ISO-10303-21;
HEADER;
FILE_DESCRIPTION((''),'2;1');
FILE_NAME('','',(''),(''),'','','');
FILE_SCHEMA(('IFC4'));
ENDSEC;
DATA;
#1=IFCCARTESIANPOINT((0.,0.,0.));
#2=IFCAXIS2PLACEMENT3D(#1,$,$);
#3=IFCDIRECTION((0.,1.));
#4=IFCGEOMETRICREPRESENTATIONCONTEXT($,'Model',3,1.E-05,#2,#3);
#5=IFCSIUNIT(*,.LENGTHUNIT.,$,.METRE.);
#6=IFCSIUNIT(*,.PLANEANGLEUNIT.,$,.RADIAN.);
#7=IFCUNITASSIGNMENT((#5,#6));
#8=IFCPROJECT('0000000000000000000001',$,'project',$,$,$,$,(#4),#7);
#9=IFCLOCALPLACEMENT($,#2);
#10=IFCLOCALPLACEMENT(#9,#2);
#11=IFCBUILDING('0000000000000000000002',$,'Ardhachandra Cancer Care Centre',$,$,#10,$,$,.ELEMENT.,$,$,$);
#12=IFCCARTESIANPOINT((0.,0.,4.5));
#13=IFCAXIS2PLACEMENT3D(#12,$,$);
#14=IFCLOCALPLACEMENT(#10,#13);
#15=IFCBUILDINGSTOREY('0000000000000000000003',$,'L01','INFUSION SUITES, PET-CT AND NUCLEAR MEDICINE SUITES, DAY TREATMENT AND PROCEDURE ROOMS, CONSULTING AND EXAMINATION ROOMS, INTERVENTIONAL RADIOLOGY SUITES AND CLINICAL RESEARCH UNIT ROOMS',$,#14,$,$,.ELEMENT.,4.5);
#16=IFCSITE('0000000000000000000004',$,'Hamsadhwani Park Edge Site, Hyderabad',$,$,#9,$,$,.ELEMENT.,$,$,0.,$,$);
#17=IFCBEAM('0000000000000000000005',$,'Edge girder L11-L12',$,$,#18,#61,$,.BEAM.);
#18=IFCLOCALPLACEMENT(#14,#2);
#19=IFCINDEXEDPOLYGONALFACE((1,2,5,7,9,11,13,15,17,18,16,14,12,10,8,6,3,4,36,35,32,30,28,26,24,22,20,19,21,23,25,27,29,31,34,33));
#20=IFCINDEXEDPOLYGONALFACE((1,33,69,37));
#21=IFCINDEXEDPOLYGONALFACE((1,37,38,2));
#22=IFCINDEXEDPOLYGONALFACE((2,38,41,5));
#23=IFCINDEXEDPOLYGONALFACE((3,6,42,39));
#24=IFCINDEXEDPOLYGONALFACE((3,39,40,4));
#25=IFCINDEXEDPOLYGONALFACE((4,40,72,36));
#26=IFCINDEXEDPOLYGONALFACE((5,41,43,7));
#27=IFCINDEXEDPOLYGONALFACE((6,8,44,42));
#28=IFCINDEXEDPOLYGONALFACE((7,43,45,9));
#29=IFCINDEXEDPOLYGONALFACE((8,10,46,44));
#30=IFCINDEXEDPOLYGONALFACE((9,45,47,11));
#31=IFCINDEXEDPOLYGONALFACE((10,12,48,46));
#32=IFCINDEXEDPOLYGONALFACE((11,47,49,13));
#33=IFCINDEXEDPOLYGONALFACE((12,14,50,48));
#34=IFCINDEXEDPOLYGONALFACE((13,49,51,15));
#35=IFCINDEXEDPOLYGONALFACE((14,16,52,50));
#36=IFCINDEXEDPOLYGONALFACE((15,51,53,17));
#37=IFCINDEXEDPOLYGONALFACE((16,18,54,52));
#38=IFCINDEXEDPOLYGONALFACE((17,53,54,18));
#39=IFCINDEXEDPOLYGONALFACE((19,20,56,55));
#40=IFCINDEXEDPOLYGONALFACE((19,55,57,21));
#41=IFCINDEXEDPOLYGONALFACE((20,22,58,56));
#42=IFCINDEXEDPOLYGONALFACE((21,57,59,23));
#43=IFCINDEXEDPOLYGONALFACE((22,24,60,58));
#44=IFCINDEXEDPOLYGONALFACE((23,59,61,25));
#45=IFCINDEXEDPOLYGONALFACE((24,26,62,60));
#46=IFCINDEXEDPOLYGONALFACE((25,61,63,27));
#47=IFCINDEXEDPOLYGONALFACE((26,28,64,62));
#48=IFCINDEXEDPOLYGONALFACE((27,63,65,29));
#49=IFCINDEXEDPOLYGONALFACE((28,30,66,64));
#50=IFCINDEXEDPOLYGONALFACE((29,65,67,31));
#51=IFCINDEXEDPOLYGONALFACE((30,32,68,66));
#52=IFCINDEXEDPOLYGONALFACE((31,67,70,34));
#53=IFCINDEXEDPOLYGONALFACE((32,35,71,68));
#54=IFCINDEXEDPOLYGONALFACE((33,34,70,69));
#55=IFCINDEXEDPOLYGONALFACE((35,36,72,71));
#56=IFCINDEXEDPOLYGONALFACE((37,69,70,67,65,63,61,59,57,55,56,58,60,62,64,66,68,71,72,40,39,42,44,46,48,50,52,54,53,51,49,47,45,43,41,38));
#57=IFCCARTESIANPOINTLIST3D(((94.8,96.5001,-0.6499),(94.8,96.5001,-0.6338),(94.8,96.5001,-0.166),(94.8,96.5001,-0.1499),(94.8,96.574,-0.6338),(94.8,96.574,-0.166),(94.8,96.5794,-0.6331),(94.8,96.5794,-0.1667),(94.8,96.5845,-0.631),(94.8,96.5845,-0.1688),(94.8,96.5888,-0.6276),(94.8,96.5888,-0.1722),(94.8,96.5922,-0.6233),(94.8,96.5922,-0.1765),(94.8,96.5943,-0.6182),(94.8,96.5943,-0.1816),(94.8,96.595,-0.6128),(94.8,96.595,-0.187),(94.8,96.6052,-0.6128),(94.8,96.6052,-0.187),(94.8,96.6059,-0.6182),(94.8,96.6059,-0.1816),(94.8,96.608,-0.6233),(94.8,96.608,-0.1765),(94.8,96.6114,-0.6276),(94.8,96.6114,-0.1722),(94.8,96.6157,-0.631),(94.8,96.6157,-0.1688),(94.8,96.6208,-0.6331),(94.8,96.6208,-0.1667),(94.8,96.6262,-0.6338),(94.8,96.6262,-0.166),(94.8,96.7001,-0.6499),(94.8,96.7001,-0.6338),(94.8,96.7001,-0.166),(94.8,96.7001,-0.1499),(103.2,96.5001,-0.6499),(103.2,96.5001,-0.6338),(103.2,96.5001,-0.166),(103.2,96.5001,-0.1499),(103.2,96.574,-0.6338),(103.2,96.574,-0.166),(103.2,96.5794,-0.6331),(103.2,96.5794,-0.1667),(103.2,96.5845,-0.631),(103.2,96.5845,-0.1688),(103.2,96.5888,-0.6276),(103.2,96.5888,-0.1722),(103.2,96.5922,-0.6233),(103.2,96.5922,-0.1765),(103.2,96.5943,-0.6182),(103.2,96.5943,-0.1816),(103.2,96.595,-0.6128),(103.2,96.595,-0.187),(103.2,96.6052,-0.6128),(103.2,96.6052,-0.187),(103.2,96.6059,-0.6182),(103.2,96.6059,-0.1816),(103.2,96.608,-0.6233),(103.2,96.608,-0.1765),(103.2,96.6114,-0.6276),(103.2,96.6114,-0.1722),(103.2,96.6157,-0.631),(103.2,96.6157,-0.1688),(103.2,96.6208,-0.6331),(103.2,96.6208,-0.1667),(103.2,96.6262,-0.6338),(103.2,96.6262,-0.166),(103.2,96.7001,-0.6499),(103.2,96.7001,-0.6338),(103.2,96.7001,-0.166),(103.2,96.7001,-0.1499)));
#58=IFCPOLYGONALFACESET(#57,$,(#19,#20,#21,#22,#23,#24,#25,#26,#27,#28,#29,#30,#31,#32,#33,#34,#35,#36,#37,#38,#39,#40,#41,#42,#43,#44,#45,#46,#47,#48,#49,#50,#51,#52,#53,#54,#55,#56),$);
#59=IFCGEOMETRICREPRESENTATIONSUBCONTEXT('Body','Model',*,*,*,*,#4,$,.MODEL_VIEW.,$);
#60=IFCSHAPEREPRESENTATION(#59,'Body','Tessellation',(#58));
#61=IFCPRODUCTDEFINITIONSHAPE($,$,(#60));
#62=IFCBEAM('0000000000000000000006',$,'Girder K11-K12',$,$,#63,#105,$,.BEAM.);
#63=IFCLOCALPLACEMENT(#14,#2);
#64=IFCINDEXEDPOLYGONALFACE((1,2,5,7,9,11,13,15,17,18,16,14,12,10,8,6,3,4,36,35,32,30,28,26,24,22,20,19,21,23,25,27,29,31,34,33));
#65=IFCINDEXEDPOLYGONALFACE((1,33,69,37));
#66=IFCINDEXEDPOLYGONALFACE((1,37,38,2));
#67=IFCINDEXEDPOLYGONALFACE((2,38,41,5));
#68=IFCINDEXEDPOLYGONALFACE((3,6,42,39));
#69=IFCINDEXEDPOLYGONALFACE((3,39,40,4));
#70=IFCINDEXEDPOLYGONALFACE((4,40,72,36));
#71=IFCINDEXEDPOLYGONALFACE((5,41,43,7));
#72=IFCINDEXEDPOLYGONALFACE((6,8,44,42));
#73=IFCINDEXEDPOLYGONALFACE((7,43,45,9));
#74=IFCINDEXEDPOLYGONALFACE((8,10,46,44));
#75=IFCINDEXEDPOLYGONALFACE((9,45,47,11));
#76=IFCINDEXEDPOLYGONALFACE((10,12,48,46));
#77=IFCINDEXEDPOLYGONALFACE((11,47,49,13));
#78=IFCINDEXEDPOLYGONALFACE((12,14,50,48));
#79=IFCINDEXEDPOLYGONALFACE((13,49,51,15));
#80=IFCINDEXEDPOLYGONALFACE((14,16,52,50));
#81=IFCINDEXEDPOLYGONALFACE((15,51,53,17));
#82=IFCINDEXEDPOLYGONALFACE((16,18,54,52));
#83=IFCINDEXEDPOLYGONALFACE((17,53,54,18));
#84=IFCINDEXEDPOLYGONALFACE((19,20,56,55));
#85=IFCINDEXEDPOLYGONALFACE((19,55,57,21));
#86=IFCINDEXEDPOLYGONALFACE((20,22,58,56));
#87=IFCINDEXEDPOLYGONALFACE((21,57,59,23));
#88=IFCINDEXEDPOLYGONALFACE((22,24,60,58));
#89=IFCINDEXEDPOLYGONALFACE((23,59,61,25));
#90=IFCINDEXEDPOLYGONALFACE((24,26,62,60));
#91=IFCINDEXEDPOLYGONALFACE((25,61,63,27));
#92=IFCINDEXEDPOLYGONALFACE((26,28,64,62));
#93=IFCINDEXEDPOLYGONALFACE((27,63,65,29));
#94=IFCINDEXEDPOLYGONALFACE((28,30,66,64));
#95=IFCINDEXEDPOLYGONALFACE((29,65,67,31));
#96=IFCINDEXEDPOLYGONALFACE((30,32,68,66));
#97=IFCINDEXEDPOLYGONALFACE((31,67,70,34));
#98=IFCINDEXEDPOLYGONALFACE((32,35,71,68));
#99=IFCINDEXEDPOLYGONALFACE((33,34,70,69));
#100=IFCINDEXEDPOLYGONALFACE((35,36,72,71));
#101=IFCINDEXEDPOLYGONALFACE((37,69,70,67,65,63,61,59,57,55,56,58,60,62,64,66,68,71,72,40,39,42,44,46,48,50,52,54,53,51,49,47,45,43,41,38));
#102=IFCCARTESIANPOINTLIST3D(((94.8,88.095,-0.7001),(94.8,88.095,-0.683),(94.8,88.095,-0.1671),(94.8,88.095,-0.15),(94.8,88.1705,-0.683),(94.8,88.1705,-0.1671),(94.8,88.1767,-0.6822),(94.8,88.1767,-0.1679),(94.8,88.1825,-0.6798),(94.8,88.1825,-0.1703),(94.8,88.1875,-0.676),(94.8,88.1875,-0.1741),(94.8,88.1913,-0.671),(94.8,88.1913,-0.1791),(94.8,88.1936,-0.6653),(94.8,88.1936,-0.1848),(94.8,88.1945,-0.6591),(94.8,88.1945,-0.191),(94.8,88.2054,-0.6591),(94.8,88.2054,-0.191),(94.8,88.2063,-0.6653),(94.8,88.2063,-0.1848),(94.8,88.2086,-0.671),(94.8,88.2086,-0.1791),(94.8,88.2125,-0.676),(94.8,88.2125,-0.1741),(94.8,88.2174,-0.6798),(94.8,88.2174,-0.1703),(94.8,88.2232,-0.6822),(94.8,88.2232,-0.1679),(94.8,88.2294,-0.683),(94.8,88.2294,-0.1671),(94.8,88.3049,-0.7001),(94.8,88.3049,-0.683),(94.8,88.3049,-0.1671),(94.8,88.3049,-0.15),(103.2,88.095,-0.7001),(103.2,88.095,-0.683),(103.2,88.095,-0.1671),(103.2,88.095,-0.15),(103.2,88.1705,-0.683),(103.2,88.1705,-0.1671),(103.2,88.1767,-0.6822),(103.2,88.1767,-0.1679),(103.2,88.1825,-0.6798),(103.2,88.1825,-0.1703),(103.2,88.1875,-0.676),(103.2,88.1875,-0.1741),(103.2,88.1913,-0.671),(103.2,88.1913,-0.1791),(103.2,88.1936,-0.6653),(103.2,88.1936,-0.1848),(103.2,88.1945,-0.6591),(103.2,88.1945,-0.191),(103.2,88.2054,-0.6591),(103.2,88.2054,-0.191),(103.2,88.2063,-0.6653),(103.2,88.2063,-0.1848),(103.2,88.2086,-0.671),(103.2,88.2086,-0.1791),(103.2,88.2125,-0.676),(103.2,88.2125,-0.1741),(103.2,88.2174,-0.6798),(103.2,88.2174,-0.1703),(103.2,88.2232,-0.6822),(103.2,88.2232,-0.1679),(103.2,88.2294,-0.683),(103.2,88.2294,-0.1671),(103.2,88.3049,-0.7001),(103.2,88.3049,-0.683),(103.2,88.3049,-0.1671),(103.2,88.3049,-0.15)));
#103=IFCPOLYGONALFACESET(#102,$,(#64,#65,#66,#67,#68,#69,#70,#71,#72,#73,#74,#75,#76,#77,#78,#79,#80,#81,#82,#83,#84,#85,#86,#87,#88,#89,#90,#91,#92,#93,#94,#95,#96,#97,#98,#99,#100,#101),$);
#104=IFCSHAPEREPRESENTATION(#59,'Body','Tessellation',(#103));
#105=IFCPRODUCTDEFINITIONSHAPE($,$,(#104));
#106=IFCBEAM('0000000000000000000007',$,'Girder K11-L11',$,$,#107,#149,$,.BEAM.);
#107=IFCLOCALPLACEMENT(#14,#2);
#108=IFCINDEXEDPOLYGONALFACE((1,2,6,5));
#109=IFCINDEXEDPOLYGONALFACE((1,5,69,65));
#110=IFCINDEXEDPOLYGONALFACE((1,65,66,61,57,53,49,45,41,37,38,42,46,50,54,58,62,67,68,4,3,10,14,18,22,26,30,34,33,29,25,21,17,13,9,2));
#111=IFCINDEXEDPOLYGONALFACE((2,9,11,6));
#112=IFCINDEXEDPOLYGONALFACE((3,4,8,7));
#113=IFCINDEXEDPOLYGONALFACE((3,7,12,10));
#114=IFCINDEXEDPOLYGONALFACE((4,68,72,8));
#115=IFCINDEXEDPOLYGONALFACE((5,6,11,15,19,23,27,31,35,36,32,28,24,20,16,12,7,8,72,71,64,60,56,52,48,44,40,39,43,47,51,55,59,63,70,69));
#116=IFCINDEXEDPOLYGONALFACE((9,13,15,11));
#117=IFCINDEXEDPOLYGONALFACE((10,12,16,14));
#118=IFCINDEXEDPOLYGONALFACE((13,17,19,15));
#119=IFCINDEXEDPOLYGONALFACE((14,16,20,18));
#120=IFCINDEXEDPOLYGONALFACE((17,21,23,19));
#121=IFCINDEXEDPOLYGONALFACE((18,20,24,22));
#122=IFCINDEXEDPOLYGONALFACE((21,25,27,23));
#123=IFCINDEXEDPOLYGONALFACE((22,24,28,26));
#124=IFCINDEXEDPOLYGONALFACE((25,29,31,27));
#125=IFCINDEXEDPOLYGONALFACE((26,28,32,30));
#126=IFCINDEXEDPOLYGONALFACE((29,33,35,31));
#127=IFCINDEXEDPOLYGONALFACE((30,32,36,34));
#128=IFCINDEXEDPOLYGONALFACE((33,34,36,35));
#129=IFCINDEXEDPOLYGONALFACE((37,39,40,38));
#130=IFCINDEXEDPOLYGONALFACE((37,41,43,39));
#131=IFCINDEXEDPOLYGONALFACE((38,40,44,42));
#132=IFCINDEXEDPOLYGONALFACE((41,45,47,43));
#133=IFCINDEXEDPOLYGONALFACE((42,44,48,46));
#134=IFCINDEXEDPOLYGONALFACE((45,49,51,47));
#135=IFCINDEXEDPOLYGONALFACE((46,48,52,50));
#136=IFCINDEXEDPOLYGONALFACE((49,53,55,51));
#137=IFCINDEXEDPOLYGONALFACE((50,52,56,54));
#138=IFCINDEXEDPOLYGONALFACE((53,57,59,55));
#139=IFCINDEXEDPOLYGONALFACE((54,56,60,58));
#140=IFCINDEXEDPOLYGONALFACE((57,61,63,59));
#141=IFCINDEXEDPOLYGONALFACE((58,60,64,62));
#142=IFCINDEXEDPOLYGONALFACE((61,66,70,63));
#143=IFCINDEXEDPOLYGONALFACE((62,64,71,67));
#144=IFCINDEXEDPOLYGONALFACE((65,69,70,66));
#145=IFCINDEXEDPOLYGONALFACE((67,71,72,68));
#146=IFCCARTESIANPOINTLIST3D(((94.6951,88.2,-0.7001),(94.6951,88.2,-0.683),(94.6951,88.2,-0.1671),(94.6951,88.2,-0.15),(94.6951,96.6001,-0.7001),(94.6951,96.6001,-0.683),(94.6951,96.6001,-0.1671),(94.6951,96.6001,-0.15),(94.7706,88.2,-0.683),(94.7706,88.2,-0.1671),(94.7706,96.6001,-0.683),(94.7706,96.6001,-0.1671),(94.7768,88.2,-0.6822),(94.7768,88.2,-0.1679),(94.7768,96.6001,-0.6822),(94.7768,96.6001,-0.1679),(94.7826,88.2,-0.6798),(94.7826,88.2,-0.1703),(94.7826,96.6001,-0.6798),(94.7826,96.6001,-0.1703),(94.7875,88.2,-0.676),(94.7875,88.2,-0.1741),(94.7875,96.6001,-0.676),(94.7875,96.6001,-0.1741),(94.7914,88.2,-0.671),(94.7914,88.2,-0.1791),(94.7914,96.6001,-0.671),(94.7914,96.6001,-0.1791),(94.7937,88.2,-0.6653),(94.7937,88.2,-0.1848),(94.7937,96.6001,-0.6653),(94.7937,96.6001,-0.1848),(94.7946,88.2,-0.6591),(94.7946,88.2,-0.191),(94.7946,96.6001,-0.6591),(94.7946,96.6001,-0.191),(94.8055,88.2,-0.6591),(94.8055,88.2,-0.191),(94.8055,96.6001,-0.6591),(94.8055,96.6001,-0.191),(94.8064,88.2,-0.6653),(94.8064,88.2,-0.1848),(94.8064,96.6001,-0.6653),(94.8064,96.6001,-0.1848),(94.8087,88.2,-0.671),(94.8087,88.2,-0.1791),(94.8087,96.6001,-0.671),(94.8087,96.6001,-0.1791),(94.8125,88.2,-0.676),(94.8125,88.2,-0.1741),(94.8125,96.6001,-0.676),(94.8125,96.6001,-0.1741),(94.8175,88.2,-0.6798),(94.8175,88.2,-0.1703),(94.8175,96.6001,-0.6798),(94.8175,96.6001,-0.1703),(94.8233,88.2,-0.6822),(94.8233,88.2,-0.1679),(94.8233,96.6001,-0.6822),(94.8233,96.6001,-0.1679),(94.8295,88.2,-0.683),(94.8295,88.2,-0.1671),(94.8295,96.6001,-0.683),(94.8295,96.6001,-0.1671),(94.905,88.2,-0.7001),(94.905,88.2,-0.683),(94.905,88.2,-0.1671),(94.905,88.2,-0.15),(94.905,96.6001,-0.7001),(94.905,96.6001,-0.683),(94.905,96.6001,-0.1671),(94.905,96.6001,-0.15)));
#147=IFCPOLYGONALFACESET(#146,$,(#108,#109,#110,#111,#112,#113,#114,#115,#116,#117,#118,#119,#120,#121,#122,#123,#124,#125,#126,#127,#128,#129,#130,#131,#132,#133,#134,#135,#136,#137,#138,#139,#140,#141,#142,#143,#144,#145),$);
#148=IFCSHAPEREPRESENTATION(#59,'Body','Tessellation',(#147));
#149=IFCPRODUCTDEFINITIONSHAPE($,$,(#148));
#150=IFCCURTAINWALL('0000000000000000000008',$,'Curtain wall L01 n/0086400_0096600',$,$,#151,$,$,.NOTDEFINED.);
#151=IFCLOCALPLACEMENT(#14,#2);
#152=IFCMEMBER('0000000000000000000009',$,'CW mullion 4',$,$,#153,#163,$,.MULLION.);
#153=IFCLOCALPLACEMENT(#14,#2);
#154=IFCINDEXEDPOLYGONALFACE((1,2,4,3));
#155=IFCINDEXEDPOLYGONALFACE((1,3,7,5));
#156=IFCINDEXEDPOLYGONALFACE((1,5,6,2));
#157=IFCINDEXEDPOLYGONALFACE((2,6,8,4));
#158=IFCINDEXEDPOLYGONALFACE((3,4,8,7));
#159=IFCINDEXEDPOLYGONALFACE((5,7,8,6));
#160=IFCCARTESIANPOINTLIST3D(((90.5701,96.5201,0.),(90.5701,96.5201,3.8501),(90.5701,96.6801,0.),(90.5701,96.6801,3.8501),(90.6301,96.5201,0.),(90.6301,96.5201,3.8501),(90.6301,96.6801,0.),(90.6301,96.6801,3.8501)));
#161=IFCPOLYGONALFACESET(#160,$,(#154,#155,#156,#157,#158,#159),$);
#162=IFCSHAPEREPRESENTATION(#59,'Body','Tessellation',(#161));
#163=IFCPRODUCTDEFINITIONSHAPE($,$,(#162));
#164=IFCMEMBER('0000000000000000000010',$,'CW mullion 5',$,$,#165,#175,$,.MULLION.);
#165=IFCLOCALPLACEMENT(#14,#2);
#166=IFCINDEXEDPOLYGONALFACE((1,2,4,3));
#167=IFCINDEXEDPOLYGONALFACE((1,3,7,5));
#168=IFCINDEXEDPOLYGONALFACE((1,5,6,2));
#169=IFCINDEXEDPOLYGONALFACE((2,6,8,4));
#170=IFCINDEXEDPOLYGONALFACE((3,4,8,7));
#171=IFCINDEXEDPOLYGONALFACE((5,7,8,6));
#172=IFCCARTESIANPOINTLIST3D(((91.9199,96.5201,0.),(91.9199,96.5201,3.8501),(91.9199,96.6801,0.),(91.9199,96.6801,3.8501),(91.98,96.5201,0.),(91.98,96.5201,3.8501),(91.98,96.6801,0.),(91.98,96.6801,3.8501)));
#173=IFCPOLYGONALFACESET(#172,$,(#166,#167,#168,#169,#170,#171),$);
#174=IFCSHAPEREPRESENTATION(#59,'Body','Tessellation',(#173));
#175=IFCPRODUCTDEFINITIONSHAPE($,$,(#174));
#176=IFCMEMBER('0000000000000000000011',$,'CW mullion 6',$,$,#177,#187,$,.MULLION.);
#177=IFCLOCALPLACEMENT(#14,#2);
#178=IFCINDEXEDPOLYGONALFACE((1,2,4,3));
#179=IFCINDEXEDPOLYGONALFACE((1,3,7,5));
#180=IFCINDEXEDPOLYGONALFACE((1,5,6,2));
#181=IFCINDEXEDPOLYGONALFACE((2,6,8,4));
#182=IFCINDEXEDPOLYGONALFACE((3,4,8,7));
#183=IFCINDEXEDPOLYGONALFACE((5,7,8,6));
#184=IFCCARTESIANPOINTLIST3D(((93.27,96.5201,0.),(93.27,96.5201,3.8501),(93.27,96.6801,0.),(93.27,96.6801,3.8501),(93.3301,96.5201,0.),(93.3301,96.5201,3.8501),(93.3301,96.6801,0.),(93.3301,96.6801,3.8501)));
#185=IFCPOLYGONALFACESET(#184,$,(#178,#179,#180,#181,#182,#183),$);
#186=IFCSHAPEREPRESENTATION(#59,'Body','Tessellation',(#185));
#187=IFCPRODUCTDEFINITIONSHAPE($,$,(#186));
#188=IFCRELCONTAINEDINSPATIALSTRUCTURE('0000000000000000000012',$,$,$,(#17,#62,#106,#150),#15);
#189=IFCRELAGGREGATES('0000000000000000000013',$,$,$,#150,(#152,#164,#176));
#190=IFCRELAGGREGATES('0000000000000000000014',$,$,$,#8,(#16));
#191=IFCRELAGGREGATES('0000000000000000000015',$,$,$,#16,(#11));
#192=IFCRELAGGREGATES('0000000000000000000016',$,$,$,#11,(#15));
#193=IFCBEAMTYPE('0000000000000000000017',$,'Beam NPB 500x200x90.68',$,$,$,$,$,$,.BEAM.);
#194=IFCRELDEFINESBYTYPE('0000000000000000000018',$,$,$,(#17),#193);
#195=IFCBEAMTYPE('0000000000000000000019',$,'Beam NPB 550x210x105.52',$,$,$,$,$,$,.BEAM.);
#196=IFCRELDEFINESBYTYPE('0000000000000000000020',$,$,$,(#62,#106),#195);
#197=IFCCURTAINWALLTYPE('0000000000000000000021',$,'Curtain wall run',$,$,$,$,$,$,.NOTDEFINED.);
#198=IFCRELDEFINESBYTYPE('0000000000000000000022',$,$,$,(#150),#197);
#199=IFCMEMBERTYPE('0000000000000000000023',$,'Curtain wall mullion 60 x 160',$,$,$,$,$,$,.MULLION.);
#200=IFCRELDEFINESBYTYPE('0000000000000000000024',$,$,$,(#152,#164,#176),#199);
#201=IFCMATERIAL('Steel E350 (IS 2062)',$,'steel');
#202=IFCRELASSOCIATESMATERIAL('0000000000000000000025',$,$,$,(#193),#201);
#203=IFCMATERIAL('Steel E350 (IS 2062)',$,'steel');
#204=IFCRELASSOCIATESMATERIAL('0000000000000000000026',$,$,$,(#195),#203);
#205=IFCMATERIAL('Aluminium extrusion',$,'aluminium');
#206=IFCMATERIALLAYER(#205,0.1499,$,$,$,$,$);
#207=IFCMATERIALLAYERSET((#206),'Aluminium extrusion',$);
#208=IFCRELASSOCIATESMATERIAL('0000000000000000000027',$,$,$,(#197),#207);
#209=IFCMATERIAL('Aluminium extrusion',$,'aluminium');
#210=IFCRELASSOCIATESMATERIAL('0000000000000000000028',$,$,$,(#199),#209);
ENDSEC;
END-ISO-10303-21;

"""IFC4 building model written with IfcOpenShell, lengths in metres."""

from ifc_helpers import new_model, si_unit, direction, frame, origin, origin_2d, place, context, subcontext, project, spatial, rectangle, i_section, extrude, material, layer, layer_set, material_profile, profile_set, type_object, element, aggregate, save


model = new_model("IFC4")

# Units and contexts
model_context = context("Model", 3, precision=1e-05, world=origin(), true_north=direction((0.0, 1.0)))
body_context = subcontext(model_context, "Body", "Model", "MODEL_VIEW")
ifc_project = project(units=[si_unit("LENGTHUNIT", "METRE"), si_unit("PLANEANGLEUNIT", "RADIAN")], contexts=[model_context])

# Site, building, storey
site_placement = place(None, origin())
site = spatial("IfcSite", under=ifc_project, at=site_placement, Name="Hamsadhwani Park Edge Site, Hyderabad", CompositionType="ELEMENT", RefElevation=0.0)
building_placement = place(site_placement, origin())
building = spatial("IfcBuilding", under=site, at=building_placement, Name="Ardhachandra Cancer Care Centre", CompositionType="ELEMENT")
storey_placement = place(building_placement, frame((0.0, 0.0, 4.5)))
storey = spatial("IfcBuildingStorey", under=building, at=storey_placement, Name="L01", Description="INFUSION SUITES, PET-CT AND NUCLEAR MEDICINE SUITES, DAY TREATMENT AND PROCEDURE ROOMS, CONSULTING AND EXAMINATION ROOMS, INTERVENTIONAL RADIOLOGY SUITES AND CLINICAL RESEARCH UNIT ROOMS", CompositionType="ELEMENT", Elevation=4.5)

# Beams
ifc_material_1 = material(Name="Steel E350 (IS 2062)", Category="steel")
ifc_material_profile_1 = material_profile(ifc_material_1, i_section(OverallWidth=0.2, OverallDepth=0.5, WebThickness=0.0103, FlangeThickness=0.0161, FilletRadius=0.021, at=origin_2d()), Name="NPB 500x200x90.68")
ifc_profile_set_1 = profile_set([ifc_material_profile_1], Name="Steel E350 (IS 2062)")
beam_type_1 = type_object("IfcBeamType", Name="Beam NPB 500x200x90.68", PredefinedType="BEAM", material=ifc_profile_set_1)
beam_1_placement = place(storey_placement, frame((94.8, 96.6001, -0.3999), z_axis=(1.0, 0.0, 0.0), x_axis=(0.0, 1.0, 0.0)))
element("IfcBeam", 1, at=beam_1_placement, inside=storey, type_object=beam_type_1, Name="Edge girder L11-L12", PredefinedType="BEAM", context=body_context, shape_type="SweptSolid", body=[
    extrude(i_section(OverallWidth=0.2, OverallDepth=0.5, WebThickness=0.0103, FlangeThickness=0.0161, FilletRadius=0.021, at=origin_2d()), origin(), (0.0, 0.0, 1.0), 8.3999),
])
ifc_material_2 = material(Name="Steel E350 (IS 2062)", Category="steel")
ifc_material_profile_2 = material_profile(ifc_material_2, i_section(OverallWidth=0.21, OverallDepth=0.55, WebThickness=0.011, FlangeThickness=0.0171, FilletRadius=0.0239, at=origin_2d()), Name="NPB 550x210x105.52")
ifc_profile_set_2 = profile_set([ifc_material_profile_2], Name="Steel E350 (IS 2062)")
beam_type_2 = type_object("IfcBeamType", Name="Beam NPB 550x210x105.52", PredefinedType="BEAM", material=ifc_profile_set_2)
beam_2_placement = place(storey_placement, frame((94.8, 88.2, -0.425), z_axis=(1.0, 0.0, 0.0), x_axis=(0.0, 1.0, 0.0)))
element("IfcBeam", 2, at=beam_2_placement, inside=storey, type_object=beam_type_2, Name="Girder K11-K12", PredefinedType="BEAM", context=body_context, shape_type="SweptSolid", body=[
    extrude(i_section(OverallWidth=0.21, OverallDepth=0.55, WebThickness=0.011, FlangeThickness=0.0171, FilletRadius=0.0239, at=origin_2d()), origin(), (0.0, 0.0, 1.0), 8.3999),
])
beam_3_placement = place(storey_placement, frame((94.8, 88.2, -0.425), z_axis=(0.0, 1.0, 0.0), x_axis=(-1.0, 0.0, 0.0)))
element("IfcBeam", 3, at=beam_3_placement, inside=storey, type_object=beam_type_2, Name="Girder K11-L11", PredefinedType="BEAM", context=body_context, shape_type="SweptSolid", body=[
    extrude(i_section(OverallWidth=0.21, OverallDepth=0.55, WebThickness=0.011, FlangeThickness=0.0171, FilletRadius=0.0239, at=origin_2d()), origin(), (0.0, 0.0, 1.0), 8.4001),
])

# Curtain wall, members
ifc_material_3 = material(Name="Aluminium extrusion", Category="aluminium")
ifc_layer_1 = layer(ifc_material_3, 0.1499)
ifc_layer_set_1 = layer_set([ifc_layer_1], Name="Aluminium extrusion")
curtain_wall_type = type_object("IfcCurtainWallType", Name="Curtain wall run", PredefinedType="NOTDEFINED", material=ifc_layer_set_1)
curtain_wall_placement = place(storey_placement, origin())
curtain_wall = element("IfcCurtainWall", 4, at=curtain_wall_placement, inside=storey, type_object=curtain_wall_type, Name="Curtain wall L01 n/0086400_0096600", PredefinedType="NOTDEFINED")
ifc_material_4 = material(Name="Aluminium extrusion", Category="aluminium")
ifc_material_profile_3 = material_profile(ifc_material_4, rectangle(XDim=0.1599, YDim=0.0601, at=origin_2d()), Name="Curtain wall mullion 60 x 160")
ifc_profile_set_3 = profile_set([ifc_material_profile_3], Name="Aluminium extrusion")
member_type_1 = type_object("IfcMemberType", Name="Curtain wall mullion 60 x 160", PredefinedType="MULLION", material=ifc_profile_set_3)
member_1_placement = place(storey_placement, frame((90.6001, 96.6001, 0.0), z_axis=(0.0, 0.0, 1.0), x_axis=(0.0, 1.0, 0.0)))
member_1 = element("IfcMember", 5, at=member_1_placement, type_object=member_type_1, Name="CW mullion 4", PredefinedType="MULLION", context=body_context, shape_type="SweptSolid", body=[
    extrude(rectangle(XDim=0.1599, YDim=0.0601, at=origin_2d()), origin(), (0.0, 0.0, 1.0), 3.8501),
])
member_2_placement = place(storey_placement, frame((91.95, 96.6001, 0.0), z_axis=(0.0, 0.0, 1.0), x_axis=(0.0, 1.0, 0.0)))
member_2 = element("IfcMember", 6, at=member_2_placement, type_object=member_type_1, Name="CW mullion 5", PredefinedType="MULLION", context=body_context, shape_type="SweptSolid", body=[
    extrude(rectangle(XDim=0.1599, YDim=0.0601, at=origin_2d()), origin(), (0.0, 0.0, 1.0), 3.8501),
])
member_3_placement = place(storey_placement, frame((93.3, 96.6001, 0.0), z_axis=(0.0, 0.0, 1.0), x_axis=(0.0, 1.0, 0.0)))
member_3 = element("IfcMember", 7, at=member_3_placement, type_object=member_type_1, Name="CW mullion 6", PredefinedType="MULLION", context=body_context, shape_type="SweptSolid", body=[
    extrude(rectangle(XDim=0.1599, YDim=0.0601, at=origin_2d()), origin(), (0.0, 0.0, 1.0), 3.8501),
])
aggregate(curtain_wall, [member_1, member_2, member_3])

save(model, "model.ifc")
